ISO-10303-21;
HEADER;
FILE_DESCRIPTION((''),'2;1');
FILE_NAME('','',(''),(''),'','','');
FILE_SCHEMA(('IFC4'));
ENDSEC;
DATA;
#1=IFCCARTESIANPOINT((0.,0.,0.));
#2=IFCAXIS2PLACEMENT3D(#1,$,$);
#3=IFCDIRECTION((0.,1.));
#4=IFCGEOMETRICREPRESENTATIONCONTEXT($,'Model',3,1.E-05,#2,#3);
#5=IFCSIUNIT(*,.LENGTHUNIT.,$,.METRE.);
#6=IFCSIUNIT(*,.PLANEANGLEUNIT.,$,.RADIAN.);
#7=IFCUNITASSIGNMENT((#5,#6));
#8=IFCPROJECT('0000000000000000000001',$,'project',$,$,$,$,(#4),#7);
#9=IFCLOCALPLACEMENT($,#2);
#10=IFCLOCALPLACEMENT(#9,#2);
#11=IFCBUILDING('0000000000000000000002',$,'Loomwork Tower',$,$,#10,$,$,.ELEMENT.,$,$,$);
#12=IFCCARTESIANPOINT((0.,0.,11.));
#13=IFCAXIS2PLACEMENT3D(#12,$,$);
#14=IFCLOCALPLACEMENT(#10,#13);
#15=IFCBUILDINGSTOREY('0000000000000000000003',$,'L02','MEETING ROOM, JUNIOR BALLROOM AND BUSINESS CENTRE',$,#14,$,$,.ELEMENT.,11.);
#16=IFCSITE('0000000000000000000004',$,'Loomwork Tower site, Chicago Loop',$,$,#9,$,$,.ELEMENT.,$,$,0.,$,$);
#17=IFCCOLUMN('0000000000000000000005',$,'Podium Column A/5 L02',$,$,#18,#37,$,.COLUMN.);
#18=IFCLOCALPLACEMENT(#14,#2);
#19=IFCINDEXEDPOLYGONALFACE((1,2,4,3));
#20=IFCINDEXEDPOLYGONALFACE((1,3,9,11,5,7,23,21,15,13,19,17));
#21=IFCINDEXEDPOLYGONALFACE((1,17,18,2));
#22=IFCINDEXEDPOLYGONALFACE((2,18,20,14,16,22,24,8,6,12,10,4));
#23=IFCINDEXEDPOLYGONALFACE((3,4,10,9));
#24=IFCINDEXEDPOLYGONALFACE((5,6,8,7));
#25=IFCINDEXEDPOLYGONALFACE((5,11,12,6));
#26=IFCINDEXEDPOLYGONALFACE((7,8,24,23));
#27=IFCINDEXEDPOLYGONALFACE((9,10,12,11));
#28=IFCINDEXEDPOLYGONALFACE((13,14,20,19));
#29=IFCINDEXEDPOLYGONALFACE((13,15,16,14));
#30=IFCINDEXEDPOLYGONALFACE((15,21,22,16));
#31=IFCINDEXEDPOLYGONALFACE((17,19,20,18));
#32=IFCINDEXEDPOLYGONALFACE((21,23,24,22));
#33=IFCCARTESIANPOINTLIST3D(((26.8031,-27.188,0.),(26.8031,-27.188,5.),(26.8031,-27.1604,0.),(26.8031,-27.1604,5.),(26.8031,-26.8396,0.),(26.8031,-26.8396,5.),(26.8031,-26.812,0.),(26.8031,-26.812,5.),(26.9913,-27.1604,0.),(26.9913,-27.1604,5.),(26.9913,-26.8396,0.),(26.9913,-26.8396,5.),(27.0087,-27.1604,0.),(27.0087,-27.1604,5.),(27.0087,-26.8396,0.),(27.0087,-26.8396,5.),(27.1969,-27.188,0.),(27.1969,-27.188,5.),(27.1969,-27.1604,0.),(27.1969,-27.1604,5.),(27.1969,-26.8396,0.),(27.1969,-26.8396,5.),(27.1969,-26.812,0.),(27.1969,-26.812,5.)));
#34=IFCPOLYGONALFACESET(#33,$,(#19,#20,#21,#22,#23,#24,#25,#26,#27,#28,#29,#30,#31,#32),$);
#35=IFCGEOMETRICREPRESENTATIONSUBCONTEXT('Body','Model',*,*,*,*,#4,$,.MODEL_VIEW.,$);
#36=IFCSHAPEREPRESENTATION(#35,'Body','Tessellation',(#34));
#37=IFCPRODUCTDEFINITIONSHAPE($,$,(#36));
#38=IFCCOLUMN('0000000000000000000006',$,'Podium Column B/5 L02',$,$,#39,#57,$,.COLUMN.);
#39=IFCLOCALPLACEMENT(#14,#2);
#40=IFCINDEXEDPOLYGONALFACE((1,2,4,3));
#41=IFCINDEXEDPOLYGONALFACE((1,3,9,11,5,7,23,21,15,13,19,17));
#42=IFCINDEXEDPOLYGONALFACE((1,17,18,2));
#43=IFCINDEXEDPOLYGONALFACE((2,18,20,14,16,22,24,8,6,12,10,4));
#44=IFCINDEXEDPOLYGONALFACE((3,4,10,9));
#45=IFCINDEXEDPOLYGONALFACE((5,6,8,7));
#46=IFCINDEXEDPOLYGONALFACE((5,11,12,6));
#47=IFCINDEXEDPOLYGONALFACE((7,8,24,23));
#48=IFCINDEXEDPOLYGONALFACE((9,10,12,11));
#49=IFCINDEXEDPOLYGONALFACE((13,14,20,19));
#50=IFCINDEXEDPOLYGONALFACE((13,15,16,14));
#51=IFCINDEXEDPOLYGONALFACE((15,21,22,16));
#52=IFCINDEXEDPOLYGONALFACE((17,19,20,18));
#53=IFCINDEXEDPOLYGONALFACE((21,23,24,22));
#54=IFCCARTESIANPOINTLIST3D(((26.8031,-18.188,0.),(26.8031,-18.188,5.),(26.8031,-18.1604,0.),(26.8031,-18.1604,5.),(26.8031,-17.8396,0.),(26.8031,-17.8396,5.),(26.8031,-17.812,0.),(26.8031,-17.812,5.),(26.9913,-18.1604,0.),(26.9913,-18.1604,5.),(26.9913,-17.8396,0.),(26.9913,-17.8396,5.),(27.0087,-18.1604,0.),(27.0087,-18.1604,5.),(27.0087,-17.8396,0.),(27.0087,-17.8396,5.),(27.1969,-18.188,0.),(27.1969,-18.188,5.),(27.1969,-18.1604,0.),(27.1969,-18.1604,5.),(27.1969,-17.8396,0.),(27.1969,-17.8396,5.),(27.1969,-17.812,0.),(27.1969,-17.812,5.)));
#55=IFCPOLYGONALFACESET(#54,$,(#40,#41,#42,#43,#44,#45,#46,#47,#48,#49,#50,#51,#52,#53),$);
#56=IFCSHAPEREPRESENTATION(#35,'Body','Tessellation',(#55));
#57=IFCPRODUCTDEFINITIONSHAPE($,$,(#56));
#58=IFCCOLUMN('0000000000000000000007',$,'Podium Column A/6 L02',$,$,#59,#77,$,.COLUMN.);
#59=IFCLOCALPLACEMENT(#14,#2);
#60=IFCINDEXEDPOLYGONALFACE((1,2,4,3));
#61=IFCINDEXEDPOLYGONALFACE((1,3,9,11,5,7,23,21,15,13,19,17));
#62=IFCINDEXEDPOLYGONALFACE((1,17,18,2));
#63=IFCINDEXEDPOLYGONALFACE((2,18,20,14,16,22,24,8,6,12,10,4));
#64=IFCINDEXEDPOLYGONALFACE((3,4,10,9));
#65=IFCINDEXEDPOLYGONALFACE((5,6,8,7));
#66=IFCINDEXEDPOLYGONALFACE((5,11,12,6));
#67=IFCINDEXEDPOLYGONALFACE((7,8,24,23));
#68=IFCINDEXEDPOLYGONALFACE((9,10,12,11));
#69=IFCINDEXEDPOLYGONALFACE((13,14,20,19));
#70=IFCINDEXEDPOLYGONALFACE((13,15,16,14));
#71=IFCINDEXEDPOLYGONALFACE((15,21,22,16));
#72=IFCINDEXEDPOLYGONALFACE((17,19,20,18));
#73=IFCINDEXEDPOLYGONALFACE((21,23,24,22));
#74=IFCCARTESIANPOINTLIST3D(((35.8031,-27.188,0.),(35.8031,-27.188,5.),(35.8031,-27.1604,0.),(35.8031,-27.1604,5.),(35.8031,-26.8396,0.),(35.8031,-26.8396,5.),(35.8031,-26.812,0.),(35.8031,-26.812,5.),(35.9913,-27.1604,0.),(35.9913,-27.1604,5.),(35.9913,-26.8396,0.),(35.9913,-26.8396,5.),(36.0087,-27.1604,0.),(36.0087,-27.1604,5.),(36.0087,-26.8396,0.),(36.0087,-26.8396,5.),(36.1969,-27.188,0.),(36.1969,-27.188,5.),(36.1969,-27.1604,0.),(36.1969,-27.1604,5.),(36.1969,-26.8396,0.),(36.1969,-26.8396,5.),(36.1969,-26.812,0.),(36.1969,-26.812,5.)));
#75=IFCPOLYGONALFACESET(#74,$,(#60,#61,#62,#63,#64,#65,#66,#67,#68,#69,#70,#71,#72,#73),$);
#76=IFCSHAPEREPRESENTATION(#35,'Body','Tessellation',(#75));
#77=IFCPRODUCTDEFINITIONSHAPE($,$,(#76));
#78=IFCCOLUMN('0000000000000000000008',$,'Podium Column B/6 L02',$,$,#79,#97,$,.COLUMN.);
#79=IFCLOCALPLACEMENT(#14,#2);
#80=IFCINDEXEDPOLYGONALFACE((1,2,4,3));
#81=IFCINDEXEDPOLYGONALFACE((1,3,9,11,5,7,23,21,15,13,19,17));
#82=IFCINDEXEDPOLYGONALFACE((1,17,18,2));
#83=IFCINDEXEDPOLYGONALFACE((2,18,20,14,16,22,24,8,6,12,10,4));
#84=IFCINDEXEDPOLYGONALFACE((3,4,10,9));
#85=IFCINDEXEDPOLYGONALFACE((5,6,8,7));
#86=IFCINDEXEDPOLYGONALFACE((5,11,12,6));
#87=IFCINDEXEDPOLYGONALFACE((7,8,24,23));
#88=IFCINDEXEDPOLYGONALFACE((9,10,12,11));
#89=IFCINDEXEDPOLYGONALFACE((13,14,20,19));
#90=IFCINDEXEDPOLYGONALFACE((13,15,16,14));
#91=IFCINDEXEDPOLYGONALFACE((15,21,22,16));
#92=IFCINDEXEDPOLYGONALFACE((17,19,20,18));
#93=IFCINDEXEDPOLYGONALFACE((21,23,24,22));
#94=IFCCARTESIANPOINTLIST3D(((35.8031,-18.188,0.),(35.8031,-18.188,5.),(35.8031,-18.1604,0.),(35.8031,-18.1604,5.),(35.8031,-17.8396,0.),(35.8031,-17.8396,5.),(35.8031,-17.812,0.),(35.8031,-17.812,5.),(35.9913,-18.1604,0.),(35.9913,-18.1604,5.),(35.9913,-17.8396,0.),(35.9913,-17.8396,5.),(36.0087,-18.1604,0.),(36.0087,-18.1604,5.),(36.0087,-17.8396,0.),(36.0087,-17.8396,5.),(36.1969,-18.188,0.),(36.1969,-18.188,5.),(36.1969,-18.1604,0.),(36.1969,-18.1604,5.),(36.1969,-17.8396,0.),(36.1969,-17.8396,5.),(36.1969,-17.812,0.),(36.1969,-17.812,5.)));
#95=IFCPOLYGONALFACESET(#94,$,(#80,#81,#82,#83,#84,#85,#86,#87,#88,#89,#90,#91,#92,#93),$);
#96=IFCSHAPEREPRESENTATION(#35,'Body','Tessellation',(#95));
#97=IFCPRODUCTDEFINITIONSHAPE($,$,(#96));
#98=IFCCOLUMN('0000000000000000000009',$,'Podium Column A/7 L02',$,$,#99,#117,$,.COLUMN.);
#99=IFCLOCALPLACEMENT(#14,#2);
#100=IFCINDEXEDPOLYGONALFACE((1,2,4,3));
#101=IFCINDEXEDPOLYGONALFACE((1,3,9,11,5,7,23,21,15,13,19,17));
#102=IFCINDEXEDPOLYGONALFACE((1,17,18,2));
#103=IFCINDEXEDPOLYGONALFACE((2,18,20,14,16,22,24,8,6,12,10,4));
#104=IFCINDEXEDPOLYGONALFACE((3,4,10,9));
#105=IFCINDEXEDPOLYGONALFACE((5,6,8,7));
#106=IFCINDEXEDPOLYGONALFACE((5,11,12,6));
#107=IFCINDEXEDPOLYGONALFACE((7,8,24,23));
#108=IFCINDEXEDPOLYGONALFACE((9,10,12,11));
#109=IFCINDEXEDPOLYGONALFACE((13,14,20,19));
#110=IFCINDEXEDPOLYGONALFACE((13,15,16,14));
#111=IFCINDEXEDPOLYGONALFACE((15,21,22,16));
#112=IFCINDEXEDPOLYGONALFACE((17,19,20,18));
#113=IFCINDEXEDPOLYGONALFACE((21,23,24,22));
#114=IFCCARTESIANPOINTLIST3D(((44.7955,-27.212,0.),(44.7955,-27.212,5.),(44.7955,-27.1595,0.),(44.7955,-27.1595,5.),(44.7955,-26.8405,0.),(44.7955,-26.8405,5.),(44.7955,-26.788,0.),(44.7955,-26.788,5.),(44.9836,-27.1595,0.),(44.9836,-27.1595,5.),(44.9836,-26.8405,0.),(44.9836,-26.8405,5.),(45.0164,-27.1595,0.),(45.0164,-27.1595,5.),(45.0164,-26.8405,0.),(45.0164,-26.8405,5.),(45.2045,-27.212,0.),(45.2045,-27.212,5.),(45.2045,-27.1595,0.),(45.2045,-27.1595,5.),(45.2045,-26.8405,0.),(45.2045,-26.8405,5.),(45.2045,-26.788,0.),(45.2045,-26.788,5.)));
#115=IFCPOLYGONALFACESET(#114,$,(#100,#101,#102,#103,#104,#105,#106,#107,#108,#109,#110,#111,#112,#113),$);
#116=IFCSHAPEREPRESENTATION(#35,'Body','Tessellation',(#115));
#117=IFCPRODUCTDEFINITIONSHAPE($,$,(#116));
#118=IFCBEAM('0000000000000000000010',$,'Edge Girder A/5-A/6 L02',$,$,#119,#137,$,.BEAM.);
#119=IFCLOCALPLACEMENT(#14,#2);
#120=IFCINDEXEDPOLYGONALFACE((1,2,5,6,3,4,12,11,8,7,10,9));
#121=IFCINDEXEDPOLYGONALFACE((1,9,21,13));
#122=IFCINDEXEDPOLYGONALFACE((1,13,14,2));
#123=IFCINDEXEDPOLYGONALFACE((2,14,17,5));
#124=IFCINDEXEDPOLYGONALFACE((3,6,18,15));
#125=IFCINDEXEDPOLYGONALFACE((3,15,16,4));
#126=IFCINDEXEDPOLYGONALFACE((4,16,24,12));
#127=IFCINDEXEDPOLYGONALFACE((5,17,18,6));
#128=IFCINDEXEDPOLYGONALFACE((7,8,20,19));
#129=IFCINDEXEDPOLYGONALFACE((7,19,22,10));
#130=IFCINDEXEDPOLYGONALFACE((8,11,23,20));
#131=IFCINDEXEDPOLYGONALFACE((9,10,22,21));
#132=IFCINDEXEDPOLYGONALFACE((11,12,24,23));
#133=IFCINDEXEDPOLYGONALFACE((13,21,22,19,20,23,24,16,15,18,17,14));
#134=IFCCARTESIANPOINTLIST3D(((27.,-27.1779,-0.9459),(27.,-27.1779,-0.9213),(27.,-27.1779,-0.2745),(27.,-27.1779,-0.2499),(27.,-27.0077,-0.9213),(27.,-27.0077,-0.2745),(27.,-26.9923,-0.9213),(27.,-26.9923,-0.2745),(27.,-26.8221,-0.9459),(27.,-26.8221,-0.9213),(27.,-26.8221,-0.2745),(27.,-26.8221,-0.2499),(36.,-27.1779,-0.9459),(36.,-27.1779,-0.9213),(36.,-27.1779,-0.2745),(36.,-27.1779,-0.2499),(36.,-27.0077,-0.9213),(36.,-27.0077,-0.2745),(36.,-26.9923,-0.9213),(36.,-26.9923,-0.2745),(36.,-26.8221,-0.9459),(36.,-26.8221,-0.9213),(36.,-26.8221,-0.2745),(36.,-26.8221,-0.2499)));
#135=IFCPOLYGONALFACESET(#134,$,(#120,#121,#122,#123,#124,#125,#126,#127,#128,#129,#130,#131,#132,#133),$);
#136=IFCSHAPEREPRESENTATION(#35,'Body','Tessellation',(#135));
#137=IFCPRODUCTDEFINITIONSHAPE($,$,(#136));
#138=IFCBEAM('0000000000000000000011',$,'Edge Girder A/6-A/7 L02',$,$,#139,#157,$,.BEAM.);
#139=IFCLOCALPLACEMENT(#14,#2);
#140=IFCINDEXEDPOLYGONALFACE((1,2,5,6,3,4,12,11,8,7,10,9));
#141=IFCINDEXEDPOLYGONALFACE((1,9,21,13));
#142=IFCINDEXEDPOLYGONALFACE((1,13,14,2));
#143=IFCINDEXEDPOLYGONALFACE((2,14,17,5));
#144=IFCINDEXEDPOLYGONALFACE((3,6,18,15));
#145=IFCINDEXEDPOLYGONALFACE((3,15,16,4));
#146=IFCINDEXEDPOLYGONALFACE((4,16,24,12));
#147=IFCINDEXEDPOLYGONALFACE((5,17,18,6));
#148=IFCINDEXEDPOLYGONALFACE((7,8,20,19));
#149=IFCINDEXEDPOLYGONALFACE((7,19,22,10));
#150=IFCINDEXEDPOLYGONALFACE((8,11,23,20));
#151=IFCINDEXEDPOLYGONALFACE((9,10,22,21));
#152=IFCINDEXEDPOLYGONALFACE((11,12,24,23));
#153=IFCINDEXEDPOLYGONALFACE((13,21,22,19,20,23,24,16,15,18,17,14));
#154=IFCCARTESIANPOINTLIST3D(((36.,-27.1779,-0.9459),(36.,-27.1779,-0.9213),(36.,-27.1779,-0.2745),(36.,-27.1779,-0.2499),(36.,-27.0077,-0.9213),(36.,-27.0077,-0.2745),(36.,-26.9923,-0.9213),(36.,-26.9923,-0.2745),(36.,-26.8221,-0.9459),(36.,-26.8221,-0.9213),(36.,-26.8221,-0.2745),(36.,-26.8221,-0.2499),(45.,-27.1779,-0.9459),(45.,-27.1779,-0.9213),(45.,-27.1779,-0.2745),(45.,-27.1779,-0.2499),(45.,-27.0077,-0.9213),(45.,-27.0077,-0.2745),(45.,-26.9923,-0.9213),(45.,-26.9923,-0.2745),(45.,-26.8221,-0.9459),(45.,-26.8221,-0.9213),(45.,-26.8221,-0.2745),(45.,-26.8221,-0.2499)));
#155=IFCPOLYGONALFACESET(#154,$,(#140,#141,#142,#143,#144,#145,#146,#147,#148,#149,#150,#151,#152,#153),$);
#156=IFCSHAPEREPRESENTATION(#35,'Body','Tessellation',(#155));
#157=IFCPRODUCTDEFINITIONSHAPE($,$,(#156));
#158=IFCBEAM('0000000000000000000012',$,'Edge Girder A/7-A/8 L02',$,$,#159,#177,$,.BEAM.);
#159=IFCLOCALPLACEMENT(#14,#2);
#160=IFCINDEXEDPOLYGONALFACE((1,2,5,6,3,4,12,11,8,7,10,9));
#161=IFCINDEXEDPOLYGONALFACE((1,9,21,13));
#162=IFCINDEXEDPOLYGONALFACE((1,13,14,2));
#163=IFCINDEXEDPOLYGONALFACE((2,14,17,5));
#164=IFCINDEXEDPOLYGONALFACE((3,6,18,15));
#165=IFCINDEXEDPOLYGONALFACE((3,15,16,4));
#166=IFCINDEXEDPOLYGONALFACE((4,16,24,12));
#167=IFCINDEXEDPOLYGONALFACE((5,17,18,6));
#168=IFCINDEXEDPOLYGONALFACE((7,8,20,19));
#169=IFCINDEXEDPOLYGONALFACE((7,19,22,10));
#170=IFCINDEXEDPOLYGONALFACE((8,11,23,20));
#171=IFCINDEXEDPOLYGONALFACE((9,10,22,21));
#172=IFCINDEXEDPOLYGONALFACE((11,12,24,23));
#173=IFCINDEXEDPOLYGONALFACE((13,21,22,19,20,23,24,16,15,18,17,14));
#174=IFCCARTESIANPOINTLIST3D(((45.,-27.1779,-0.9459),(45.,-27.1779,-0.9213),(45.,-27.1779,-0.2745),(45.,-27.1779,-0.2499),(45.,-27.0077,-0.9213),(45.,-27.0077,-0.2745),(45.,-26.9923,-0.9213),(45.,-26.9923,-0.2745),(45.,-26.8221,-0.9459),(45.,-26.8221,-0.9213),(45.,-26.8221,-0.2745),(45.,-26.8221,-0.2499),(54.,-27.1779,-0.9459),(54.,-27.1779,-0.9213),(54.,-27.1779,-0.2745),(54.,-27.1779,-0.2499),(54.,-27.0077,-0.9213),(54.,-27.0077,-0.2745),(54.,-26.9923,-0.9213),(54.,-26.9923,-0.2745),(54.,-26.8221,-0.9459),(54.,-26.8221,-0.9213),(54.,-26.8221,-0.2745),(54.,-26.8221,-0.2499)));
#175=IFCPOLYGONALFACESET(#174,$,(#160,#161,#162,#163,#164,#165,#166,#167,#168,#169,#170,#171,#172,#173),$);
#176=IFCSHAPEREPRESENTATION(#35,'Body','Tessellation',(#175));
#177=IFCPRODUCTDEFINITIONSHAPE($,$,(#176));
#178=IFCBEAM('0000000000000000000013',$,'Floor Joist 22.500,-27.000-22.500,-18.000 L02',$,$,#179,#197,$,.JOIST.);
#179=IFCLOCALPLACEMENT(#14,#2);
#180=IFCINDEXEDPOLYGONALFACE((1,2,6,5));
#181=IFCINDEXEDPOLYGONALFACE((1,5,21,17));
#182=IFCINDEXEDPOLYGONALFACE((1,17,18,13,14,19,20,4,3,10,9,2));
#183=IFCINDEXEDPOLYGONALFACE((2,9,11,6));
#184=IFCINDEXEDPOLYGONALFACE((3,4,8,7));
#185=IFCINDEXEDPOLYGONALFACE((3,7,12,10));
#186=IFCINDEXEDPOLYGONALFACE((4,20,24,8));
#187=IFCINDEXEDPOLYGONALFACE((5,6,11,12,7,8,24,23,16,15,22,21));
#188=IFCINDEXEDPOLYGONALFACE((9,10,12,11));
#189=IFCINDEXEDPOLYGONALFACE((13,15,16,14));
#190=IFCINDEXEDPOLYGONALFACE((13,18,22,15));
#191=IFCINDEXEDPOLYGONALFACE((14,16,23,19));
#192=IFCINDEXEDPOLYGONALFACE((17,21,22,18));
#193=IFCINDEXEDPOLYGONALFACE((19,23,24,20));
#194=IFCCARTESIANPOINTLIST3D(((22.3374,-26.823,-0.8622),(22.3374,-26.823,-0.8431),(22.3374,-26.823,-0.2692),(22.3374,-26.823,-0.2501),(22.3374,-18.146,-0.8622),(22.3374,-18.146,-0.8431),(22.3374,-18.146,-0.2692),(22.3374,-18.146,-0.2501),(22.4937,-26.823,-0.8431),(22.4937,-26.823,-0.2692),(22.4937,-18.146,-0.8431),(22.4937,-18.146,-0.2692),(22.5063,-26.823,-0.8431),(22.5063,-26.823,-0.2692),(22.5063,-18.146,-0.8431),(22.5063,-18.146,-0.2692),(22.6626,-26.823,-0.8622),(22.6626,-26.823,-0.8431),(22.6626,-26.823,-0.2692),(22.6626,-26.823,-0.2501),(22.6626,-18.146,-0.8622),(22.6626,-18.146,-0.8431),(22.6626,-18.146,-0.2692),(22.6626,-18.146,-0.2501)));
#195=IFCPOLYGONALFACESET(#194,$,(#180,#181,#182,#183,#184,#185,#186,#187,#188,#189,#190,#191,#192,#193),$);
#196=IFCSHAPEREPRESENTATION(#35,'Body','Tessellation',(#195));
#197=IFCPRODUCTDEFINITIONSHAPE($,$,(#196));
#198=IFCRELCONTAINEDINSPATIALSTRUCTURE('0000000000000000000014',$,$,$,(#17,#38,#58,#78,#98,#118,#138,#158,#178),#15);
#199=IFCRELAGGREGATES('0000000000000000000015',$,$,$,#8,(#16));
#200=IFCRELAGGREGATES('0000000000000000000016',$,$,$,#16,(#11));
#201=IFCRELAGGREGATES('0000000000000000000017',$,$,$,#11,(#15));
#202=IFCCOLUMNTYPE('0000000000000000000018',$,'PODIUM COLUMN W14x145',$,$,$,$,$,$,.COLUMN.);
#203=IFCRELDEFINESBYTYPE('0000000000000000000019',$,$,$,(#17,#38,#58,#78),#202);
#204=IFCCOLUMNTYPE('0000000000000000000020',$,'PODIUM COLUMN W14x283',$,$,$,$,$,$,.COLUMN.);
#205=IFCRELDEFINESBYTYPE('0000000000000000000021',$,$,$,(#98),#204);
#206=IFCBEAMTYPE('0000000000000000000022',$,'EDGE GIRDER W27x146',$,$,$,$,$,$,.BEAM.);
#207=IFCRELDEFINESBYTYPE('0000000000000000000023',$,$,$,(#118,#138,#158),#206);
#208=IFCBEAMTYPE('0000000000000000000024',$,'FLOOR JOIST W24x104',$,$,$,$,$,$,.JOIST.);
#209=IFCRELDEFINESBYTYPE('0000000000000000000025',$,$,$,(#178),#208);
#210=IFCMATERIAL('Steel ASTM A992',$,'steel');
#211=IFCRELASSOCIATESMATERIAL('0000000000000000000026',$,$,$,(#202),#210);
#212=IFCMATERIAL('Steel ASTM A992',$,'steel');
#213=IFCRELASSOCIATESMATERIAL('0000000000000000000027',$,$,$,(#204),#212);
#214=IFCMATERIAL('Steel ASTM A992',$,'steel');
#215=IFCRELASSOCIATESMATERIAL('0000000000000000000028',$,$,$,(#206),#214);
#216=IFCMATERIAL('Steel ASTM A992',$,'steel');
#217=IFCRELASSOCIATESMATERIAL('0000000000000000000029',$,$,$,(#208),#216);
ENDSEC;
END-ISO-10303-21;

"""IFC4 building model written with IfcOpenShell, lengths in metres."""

from ifc_helpers import new_model, si_unit, direction, frame, origin, origin_2d, place, context, subcontext, project, spatial, i_section, extrude, material, material_profile, profile_set, type_object, element, save


model = new_model("IFC4")

# Units and contexts
model_context = context("Model", 3, precision=1e-05, world=origin(), true_north=direction((0.0, 1.0)))
body_context = subcontext(model_context, "Body", "Model", "MODEL_VIEW")
ifc_project = project(units=[si_unit("LENGTHUNIT", "METRE"), si_unit("PLANEANGLEUNIT", "RADIAN")], contexts=[model_context])

# Site, building, storey
site_placement = place(None, origin())
site = spatial("IfcSite", under=ifc_project, at=site_placement, Name="Loomwork Tower site, Chicago Loop", CompositionType="ELEMENT", RefElevation=0.0)
building_placement = place(site_placement, origin())
building = spatial("IfcBuilding", under=site, at=building_placement, Name="Loomwork Tower", CompositionType="ELEMENT")
storey_placement = place(building_placement, frame((0.0, 0.0, 11.0)))
storey = spatial("IfcBuildingStorey", under=building, at=storey_placement, Name="L02", Description="MEETING ROOM, JUNIOR BALLROOM AND BUSINESS CENTRE", CompositionType="ELEMENT", Elevation=11.0)

# Columns
ifc_material_1 = material(Name="Steel ASTM A992", Category="steel")
ifc_material_profile_1 = material_profile(ifc_material_1, i_section(OverallWidth=0.3938, OverallDepth=0.376, WebThickness=0.0173, FlangeThickness=0.0276, at=origin_2d()), Name="W14x145")
ifc_profile_set_1 = profile_set([ifc_material_profile_1], Name="Steel ASTM A992")
column_type_1 = type_object("IfcColumnType", Name="PODIUM COLUMN W14x145", PredefinedType="COLUMN", material=ifc_profile_set_1)
for number, where, z_axis, x_axis, name in (
    (1, (27.0, -27.0, 0.0), (0.0, 0.0, 1.0), (1.0, 0.0, 0.0), "Podium Column A/5 L02"),
    (2, (27.0, -18.0, 0.0), (0.0, 0.0, 1.0), (1.0, 0.0, 0.0), "Podium Column B/5 L02"),
    (3, (36.0, -27.0, 0.0), (0.0, 0.0, 1.0), (1.0, 0.0, 0.0), "Podium Column A/6 L02"),
    (4, (36.0, -18.0, 0.0), (0.0, 0.0, 1.0), (1.0, 0.0, 0.0), "Podium Column B/6 L02"),
):
    element("IfcColumn", number, at=place(storey_placement, frame(where, z_axis=z_axis, x_axis=x_axis)), inside=storey, type_object=column_type_1, Name=name, PredefinedType="COLUMN", context=body_context, shape_type="SweptSolid", body=[
        extrude(i_section(OverallWidth=0.3938, OverallDepth=0.376, WebThickness=0.0173, FlangeThickness=0.0276, at=origin_2d()), origin(), (0.0, 0.0, 1.0), 5.0),
    ])
ifc_material_2 = material(Name="Steel ASTM A992", Category="steel")
ifc_material_profile_2 = material_profile(ifc_material_2, i_section(OverallWidth=0.4089, OverallDepth=0.4241, WebThickness=0.0327, FlangeThickness=0.0525, at=origin_2d()), Name="W14x283")
ifc_profile_set_2 = profile_set([ifc_material_profile_2], Name="Steel ASTM A992")
column_type_2 = type_object("IfcColumnType", Name="PODIUM COLUMN W14x283", PredefinedType="COLUMN", material=ifc_profile_set_2)
column_placement = place(storey_placement, frame((45.0, -27.0, 0.0), z_axis=(0.0, 0.0, 1.0), x_axis=(1.0, 0.0, 0.0)))
element("IfcColumn", 5, at=column_placement, inside=storey, type_object=column_type_2, Name="Podium Column A/7 L02", PredefinedType="COLUMN", context=body_context, shape_type="SweptSolid", body=[
    extrude(i_section(OverallWidth=0.4089, OverallDepth=0.4241, WebThickness=0.0327, FlangeThickness=0.0525, at=origin_2d()), origin(), (0.0, 0.0, 1.0), 5.0),
])

# Beams
ifc_material_3 = material(Name="Steel ASTM A992", Category="steel")
ifc_material_profile_3 = material_profile(ifc_material_3, i_section(OverallWidth=0.3557, OverallDepth=0.696, WebThickness=0.0154, FlangeThickness=0.0247, at=origin_2d()), Name="W27x146")
ifc_profile_set_3 = profile_set([ifc_material_profile_3], Name="Steel ASTM A992")
beam_type_1 = type_object("IfcBeamType", Name="EDGE GIRDER W27x146", PredefinedType="BEAM", material=ifc_profile_set_3)
for number, where, z_axis, x_axis, name in (
    (6, (27.0, -27.0, -0.5979), (1.0, 0.0, 0.0), (0.0, 1.0, 0.0), "Edge Girder A/5-A/6 L02"),
    (7, (36.0, -27.0, -0.5979), (1.0, 0.0, 0.0), (0.0, 1.0, 0.0), "Edge Girder A/6-A/7 L02"),
    (8, (45.0, -27.0, -0.5979), (1.0, 0.0, 0.0), (0.0, 1.0, 0.0), "Edge Girder A/7-A/8 L02"),
):
    element("IfcBeam", number, at=place(storey_placement, frame(where, z_axis=z_axis, x_axis=x_axis)), inside=storey, type_object=beam_type_1, Name=name, PredefinedType="BEAM", context=body_context, shape_type="SweptSolid", body=[
        extrude(i_section(OverallWidth=0.3557, OverallDepth=0.696, WebThickness=0.0154, FlangeThickness=0.0247, at=origin_2d()), origin(), (0.0, 0.0, 1.0), 9.0),
    ])
ifc_material_4 = material(Name="Steel ASTM A992", Category="steel")
ifc_material_profile_4 = material_profile(ifc_material_4, i_section(OverallWidth=0.3252, OverallDepth=0.6121, WebThickness=0.0127, FlangeThickness=0.019, at=origin_2d()), Name="W24x104")
ifc_profile_set_4 = profile_set([ifc_material_profile_4], Name="Steel ASTM A992")
beam_type_2 = type_object("IfcBeamType", Name="FLOOR JOIST W24x104", PredefinedType="JOIST", material=ifc_profile_set_4)
for number, where, z_axis, x_axis, name in (
    (9, (22.5, -26.823, -0.5562), (0.0, 1.0, 0.0), (-1.0, 0.0, 0.0), "Floor Joist 22.500,-27.000-22.500,-18.000 L02"),
):
    element("IfcBeam", number, at=place(storey_placement, frame(where, z_axis=z_axis, x_axis=x_axis)), inside=storey, type_object=beam_type_2, Name=name, PredefinedType="JOIST", context=body_context, shape_type="SweptSolid", body=[
        extrude(i_section(OverallWidth=0.3252, OverallDepth=0.6121, WebThickness=0.0127, FlangeThickness=0.019, at=origin_2d()), origin(), (0.0, 0.0, 1.0), 8.677),
    ])

save(model, "model.ifc")
